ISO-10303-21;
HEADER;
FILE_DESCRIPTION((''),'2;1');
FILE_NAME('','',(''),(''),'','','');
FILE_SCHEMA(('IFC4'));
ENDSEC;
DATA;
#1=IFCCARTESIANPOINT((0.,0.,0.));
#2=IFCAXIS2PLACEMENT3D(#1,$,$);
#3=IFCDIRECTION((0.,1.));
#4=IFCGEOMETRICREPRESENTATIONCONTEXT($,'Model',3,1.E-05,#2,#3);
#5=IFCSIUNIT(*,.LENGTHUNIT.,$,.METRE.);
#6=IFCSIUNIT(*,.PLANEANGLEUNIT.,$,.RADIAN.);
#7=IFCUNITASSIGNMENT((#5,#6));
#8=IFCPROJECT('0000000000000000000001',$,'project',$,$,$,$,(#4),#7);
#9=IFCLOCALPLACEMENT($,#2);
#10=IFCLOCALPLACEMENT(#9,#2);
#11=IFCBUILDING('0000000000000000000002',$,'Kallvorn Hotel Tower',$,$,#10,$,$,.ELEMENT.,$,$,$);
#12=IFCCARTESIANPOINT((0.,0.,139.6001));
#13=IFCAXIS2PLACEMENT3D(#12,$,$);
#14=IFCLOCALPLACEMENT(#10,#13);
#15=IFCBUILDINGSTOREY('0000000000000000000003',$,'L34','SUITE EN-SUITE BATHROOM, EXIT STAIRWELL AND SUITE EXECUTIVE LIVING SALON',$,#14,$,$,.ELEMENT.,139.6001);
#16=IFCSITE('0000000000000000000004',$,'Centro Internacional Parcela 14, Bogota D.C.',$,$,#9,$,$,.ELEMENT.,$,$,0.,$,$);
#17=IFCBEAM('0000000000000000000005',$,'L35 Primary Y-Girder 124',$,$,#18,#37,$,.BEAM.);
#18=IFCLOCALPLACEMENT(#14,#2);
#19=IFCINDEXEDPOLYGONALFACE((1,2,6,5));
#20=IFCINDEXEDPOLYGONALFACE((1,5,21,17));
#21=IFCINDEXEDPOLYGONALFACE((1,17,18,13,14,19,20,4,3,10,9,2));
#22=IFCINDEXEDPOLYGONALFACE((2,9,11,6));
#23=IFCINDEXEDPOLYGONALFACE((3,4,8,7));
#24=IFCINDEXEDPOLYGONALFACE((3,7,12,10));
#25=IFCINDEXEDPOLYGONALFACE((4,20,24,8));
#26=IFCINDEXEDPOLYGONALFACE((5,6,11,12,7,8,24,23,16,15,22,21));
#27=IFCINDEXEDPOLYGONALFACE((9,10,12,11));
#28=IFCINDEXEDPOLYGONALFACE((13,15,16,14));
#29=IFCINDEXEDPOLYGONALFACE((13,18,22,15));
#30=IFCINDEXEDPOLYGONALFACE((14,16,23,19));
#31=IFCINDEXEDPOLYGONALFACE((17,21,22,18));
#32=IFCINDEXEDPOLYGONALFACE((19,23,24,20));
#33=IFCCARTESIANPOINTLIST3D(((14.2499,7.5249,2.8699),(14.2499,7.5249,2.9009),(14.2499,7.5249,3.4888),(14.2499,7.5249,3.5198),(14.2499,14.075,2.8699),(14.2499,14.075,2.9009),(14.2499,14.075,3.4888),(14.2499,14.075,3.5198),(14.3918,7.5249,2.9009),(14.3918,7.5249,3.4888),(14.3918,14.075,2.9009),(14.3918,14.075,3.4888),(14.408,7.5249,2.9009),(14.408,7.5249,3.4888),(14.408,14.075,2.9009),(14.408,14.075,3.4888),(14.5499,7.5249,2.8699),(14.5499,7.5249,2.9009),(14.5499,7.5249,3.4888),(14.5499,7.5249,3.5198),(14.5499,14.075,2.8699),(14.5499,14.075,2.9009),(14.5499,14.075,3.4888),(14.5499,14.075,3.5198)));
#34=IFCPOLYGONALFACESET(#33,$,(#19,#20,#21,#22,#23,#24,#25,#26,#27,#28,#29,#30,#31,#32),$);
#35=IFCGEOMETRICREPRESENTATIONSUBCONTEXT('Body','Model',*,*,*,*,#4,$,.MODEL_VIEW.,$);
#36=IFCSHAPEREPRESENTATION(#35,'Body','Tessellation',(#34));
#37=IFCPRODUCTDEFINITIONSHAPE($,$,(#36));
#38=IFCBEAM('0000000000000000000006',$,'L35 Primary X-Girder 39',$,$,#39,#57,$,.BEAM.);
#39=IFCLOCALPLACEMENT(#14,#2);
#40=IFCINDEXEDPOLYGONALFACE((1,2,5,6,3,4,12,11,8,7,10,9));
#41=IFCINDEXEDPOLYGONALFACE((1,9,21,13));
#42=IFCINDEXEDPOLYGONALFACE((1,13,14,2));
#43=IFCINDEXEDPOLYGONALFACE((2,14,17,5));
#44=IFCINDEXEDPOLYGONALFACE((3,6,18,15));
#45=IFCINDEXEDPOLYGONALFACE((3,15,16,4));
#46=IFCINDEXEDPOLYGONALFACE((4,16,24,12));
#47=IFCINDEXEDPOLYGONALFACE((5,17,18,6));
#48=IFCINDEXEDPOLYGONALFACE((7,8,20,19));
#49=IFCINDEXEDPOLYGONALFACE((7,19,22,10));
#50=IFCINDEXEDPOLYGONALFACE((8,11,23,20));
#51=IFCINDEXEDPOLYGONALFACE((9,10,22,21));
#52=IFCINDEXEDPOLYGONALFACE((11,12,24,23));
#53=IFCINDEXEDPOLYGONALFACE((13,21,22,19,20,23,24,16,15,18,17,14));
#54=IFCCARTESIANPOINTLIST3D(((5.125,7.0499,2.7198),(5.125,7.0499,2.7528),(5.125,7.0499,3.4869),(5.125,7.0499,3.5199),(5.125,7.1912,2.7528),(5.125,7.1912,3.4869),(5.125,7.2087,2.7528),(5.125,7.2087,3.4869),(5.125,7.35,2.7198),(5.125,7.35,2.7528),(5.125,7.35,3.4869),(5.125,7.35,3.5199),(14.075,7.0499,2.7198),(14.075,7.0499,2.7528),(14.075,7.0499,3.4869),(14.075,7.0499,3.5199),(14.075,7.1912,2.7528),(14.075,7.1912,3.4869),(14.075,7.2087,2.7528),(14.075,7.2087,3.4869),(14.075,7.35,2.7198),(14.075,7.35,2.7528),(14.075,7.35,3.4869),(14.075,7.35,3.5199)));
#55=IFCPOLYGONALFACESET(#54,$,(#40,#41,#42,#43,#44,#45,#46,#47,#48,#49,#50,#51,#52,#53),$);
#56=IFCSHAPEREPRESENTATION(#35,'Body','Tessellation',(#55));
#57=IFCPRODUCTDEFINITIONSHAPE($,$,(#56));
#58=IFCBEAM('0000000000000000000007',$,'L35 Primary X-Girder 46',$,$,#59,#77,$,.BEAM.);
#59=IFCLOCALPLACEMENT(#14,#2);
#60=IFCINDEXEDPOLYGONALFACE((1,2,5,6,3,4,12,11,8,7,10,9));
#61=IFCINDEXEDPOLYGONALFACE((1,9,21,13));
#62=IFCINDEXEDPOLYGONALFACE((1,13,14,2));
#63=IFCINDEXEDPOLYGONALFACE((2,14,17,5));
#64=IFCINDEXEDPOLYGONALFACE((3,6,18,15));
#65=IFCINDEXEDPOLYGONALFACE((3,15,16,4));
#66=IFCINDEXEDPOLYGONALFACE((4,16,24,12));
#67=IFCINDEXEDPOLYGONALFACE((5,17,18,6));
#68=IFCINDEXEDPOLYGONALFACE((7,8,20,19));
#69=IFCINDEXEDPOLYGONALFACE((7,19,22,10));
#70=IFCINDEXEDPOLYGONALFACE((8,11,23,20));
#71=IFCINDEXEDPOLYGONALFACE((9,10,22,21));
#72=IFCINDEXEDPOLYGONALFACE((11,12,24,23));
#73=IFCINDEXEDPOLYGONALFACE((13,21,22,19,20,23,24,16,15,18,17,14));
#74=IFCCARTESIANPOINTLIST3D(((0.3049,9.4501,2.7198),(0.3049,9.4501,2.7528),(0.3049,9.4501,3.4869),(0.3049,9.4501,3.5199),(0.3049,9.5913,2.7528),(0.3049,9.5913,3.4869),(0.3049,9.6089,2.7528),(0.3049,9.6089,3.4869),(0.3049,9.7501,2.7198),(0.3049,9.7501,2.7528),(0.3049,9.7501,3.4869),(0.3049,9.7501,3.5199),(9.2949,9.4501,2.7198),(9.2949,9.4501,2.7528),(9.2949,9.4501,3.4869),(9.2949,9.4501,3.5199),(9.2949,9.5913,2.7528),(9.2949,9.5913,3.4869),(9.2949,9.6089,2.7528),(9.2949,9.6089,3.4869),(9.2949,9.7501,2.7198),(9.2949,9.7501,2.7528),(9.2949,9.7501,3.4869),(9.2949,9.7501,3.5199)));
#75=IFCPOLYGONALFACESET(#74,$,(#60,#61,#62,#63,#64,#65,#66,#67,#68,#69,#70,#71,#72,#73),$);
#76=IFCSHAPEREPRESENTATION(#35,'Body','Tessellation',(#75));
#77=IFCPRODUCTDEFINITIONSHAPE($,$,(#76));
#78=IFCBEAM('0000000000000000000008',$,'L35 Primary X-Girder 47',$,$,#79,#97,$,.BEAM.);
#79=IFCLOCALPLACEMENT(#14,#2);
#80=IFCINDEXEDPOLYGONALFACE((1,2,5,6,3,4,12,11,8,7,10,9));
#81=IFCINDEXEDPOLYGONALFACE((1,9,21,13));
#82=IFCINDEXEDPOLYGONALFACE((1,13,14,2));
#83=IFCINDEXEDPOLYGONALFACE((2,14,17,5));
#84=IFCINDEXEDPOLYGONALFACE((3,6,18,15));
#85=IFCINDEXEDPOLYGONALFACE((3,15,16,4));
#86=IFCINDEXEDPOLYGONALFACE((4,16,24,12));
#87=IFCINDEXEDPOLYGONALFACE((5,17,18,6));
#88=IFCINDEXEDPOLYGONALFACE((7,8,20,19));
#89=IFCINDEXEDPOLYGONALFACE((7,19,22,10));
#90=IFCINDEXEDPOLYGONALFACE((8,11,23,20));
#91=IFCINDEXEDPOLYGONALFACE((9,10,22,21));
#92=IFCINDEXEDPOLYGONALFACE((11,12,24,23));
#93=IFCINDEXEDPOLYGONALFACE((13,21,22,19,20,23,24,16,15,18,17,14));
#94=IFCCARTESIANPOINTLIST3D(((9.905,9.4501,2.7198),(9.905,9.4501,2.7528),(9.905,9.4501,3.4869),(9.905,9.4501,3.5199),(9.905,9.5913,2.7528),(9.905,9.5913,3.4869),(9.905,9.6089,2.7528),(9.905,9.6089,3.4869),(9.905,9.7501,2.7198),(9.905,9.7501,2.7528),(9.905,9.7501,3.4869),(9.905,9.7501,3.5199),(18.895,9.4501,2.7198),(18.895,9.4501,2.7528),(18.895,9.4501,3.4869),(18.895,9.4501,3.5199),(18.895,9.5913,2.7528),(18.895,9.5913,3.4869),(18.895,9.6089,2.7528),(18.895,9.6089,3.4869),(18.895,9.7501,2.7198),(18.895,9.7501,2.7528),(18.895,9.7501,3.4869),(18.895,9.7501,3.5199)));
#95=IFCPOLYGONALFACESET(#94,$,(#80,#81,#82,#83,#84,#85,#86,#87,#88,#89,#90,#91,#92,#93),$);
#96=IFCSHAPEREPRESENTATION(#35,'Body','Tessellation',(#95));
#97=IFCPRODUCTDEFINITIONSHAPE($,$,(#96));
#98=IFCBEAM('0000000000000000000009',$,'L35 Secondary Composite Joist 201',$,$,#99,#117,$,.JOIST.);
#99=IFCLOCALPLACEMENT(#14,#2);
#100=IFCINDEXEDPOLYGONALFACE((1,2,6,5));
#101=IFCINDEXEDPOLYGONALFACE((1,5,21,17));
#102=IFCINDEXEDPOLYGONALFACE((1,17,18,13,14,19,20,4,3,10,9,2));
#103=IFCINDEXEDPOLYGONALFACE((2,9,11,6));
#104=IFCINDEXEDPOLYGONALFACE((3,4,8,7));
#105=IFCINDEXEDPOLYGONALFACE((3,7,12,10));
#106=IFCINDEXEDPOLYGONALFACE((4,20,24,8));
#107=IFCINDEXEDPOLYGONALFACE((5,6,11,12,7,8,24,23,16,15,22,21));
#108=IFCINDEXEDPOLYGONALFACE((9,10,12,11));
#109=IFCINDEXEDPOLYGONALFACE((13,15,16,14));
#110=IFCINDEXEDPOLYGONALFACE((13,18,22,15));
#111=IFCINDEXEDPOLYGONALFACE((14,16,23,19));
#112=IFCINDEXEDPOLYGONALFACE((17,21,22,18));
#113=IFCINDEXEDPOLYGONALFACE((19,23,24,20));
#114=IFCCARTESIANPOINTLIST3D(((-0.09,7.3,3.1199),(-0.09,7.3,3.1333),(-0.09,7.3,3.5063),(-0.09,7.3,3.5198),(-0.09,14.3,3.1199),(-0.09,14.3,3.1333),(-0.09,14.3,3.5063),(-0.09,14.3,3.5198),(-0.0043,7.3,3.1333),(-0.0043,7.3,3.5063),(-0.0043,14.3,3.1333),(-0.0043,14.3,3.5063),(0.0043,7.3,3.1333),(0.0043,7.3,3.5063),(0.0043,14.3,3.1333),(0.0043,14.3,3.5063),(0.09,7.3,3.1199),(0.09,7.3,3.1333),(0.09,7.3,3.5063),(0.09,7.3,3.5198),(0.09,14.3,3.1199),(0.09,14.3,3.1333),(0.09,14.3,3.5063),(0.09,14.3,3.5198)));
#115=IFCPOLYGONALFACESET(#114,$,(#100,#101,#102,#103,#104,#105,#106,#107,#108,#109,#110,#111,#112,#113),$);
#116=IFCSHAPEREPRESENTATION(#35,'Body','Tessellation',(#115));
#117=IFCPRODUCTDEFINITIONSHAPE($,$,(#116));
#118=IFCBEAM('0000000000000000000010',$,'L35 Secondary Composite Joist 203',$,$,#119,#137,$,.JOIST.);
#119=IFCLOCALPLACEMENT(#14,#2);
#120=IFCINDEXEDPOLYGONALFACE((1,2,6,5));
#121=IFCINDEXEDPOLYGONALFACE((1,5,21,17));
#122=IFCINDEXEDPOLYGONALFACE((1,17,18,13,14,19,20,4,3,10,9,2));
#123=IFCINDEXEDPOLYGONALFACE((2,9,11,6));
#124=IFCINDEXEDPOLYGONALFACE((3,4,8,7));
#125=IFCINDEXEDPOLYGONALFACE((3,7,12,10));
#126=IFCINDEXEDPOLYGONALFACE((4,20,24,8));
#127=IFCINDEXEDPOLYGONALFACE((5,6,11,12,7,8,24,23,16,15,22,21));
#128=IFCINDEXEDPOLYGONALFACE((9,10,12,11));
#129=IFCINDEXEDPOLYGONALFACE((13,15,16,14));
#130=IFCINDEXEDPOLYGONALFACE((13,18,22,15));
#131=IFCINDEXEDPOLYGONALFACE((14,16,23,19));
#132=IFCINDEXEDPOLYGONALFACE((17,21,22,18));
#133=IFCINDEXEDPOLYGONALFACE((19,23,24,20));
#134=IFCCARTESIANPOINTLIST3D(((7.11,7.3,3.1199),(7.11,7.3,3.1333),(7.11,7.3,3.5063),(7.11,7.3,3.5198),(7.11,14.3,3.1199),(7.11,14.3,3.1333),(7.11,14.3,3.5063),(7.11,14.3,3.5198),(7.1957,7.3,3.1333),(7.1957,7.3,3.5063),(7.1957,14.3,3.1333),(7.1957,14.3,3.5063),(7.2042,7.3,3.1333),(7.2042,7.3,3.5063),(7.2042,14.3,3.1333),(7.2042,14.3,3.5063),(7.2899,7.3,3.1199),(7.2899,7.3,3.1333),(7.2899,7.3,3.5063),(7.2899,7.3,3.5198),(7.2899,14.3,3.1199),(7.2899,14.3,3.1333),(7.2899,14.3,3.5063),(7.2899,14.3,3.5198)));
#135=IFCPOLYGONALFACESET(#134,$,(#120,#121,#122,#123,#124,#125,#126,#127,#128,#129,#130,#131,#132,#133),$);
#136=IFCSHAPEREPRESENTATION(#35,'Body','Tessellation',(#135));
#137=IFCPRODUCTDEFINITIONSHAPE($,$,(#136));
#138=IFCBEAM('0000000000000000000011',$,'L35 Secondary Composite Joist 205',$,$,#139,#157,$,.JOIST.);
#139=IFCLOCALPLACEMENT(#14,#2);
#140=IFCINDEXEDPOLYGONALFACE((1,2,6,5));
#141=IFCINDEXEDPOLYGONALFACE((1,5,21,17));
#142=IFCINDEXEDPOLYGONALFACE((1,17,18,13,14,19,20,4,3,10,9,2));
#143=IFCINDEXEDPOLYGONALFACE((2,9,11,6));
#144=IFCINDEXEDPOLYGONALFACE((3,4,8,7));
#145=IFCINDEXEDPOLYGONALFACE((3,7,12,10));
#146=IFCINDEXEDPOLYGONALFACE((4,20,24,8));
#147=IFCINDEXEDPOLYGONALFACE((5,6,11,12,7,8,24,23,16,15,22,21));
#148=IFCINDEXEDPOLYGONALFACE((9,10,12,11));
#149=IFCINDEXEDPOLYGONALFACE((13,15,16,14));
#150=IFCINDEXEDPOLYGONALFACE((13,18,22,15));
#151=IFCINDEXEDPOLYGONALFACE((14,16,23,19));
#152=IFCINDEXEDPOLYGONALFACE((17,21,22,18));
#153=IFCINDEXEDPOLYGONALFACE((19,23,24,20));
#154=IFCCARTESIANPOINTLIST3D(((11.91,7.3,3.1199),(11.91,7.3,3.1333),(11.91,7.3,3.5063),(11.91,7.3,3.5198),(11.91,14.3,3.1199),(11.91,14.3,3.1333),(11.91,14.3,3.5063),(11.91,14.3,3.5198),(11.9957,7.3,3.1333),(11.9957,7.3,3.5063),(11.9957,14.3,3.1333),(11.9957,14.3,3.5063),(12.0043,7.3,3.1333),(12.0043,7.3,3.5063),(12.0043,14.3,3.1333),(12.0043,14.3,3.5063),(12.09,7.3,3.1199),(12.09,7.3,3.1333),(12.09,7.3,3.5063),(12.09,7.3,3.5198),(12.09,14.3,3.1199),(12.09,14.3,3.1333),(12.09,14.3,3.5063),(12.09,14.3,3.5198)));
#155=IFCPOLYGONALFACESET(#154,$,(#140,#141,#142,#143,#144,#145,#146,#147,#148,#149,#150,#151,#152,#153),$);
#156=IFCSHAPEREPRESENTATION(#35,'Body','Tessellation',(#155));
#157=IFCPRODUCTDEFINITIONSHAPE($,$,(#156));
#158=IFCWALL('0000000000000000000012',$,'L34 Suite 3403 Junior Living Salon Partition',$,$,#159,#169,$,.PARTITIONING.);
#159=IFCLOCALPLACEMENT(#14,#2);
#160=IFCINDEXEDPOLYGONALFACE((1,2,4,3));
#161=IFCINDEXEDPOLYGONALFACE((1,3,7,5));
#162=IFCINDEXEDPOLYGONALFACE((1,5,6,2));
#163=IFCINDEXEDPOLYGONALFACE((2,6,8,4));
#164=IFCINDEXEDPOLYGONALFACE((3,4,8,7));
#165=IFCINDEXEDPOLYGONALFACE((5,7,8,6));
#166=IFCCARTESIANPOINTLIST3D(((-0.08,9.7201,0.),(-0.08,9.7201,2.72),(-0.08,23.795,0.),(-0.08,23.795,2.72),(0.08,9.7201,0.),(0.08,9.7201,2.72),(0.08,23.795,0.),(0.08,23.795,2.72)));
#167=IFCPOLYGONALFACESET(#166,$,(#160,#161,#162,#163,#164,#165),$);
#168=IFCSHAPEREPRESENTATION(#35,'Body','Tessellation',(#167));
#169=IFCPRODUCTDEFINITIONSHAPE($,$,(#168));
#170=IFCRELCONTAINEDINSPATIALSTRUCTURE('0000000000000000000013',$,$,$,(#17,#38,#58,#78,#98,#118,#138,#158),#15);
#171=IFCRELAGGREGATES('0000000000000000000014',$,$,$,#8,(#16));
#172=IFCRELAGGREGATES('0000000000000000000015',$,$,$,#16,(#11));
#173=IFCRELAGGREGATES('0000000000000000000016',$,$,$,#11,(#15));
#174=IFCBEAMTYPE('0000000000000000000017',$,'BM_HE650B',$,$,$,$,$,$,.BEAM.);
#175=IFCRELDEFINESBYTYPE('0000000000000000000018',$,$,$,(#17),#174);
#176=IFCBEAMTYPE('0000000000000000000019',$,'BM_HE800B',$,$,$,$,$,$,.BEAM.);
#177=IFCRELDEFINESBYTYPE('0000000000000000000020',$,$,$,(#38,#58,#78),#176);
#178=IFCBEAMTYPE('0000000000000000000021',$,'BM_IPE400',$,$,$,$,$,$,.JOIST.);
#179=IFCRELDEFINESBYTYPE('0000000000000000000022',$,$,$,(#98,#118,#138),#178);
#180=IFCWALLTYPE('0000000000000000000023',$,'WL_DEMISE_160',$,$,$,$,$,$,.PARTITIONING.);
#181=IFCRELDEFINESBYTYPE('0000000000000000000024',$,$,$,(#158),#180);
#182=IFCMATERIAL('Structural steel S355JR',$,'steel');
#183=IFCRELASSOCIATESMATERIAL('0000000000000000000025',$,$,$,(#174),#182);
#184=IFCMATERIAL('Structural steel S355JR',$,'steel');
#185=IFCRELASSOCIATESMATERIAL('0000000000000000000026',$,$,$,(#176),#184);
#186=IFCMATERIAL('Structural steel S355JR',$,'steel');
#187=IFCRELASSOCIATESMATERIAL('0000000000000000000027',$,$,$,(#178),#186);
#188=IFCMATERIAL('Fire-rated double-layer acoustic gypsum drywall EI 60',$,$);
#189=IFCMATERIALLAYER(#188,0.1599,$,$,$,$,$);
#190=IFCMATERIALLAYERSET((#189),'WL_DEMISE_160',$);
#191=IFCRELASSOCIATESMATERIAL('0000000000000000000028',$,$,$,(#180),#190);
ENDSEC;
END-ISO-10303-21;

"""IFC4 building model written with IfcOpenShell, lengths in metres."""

from ifc_helpers import new_model, si_unit, direction, frame, frame_2d, origin, origin_2d, place, context, subcontext, project, spatial, rectangle, i_section, extrude, material, layer, layer_set, material_profile, profile_set, type_object, element, save


model = new_model("IFC4")

# Units and contexts
model_context = context("Model", 3, precision=1e-05, world=origin(), true_north=direction((0.0, 1.0)))
body_context = subcontext(model_context, "Body", "Model", "MODEL_VIEW")
ifc_project = project(units=[si_unit("LENGTHUNIT", "METRE"), si_unit("PLANEANGLEUNIT", "RADIAN")], contexts=[model_context])

# Site, building, storey
site_placement = place(None, origin())
site = spatial("IfcSite", under=ifc_project, at=site_placement, Name="Centro Internacional Parcela 14, Bogota D.C.", CompositionType="ELEMENT", RefElevation=0.0)
building_placement = place(site_placement, origin())
building = spatial("IfcBuilding", under=site, at=building_placement, Name="Kallvorn Hotel Tower", CompositionType="ELEMENT")
storey_placement = place(building_placement, frame((0.0, 0.0, 139.6001)))
storey = spatial("IfcBuildingStorey", under=building, at=storey_placement, Name="L34", Description="SUITE EN-SUITE BATHROOM, EXIT STAIRWELL AND SUITE EXECUTIVE LIVING SALON", CompositionType="ELEMENT", Elevation=139.6001)

# Beams
ifc_material_1 = material(Name="Structural steel S355JR", Category="steel")
ifc_material_profile_1 = material_profile(ifc_material_1, i_section(OverallWidth=0.3, OverallDepth=0.6499, WebThickness=0.0161, FlangeThickness=0.031, at=origin_2d()), Name="HE 650 B")
ifc_profile_set_1 = profile_set([ifc_material_profile_1], Name="Structural steel S355JR")
beam_type_1 = type_object("IfcBeamType", Name="BM_HE650B", PredefinedType="BEAM", material=ifc_profile_set_1)
for number, where, z_axis, x_axis, name in (
    (1, (14.3999, 7.5249, 3.1948), (0.0, 1.0, 0.0), (-1.0, 0.0, 0.0), "L35 Primary Y-Girder 124"),
):
    element("IfcBeam", number, at=place(storey_placement, frame(where, z_axis=z_axis, x_axis=x_axis)), inside=storey, type_object=beam_type_1, Name=name, PredefinedType="BEAM", context=body_context, shape_type="SweptSolid", body=[
        extrude(i_section(OverallWidth=0.3, OverallDepth=0.6499, WebThickness=0.0161, FlangeThickness=0.031, at=origin_2d()), origin(), (0.0, 0.0, 1.0), 6.55),
    ])
ifc_material_2 = material(Name="Structural steel S355JR", Category="steel")
ifc_material_profile_2 = material_profile(ifc_material_2, i_section(OverallWidth=0.3, OverallDepth=0.8, WebThickness=0.0176, FlangeThickness=0.033, at=origin_2d()), Name="HE 800 B")
ifc_profile_set_2 = profile_set([ifc_material_profile_2], Name="Structural steel S355JR")
beam_type_2 = type_object("IfcBeamType", Name="BM_HE800B", PredefinedType="BEAM", material=ifc_profile_set_2)
beam_placement = place(storey_placement, frame((5.125, 7.2, 3.1199), z_axis=(1.0, 0.0, 0.0), x_axis=(0.0, 1.0, 0.0)))
element("IfcBeam", 2, at=beam_placement, inside=storey, type_object=beam_type_2, Name="L35 Primary X-Girder 39", PredefinedType="BEAM", context=body_context, shape_type="SweptSolid", body=[
    extrude(i_section(OverallWidth=0.3, OverallDepth=0.8, WebThickness=0.0176, FlangeThickness=0.033, at=origin_2d()), origin(), (0.0, 0.0, 1.0), 8.95),
])
for number, where, z_axis, x_axis, name in (
    (3, (0.3049, 9.6001, 3.1199), (1.0, 0.0, 0.0), (0.0, 1.0, 0.0), "L35 Primary X-Girder 46"),
    (4, (9.905, 9.6001, 3.1199), (1.0, 0.0, 0.0), (0.0, 1.0, 0.0), "L35 Primary X-Girder 47"),
):
    element("IfcBeam", number, at=place(storey_placement, frame(where, z_axis=z_axis, x_axis=x_axis)), inside=storey, type_object=beam_type_2, Name=name, PredefinedType="BEAM", context=body_context, shape_type="SweptSolid", body=[
        extrude(i_section(OverallWidth=0.3, OverallDepth=0.8, WebThickness=0.0176, FlangeThickness=0.033, at=origin_2d()), origin(), (0.0, 0.0, 1.0), 8.99),
    ])
ifc_material_3 = material(Name="Structural steel S355JR", Category="steel")
ifc_material_profile_3 = material_profile(ifc_material_3, i_section(OverallWidth=0.1799, OverallDepth=0.3999, WebThickness=0.0085, FlangeThickness=0.0134, at=origin_2d()), Name="IPE 400")
ifc_profile_set_3 = profile_set([ifc_material_profile_3], Name="Structural steel S355JR")
beam_type_3 = type_object("IfcBeamType", Name="BM_IPE400", PredefinedType="JOIST", material=ifc_profile_set_3)
for number, where, z_axis, x_axis, name in (
    (5, (0.0, 7.3, 3.3198), (0.0, 1.0, 0.0), (-1.0, 0.0, 0.0), "L35 Secondary Composite Joist 201"),
    (6, (7.2, 7.3, 3.3198), (0.0, 1.0, 0.0), (-1.0, 0.0, 0.0), "L35 Secondary Composite Joist 203"),
    (7, (12.0, 7.3, 3.3198), (0.0, 1.0, 0.0), (-1.0, 0.0, 0.0), "L35 Secondary Composite Joist 205"),
):
    element("IfcBeam", number, at=place(storey_placement, frame(where, z_axis=z_axis, x_axis=x_axis)), inside=storey, type_object=beam_type_3, Name=name, PredefinedType="JOIST", context=body_context, shape_type="SweptSolid", body=[
        extrude(i_section(OverallWidth=0.1799, OverallDepth=0.3999, WebThickness=0.0085, FlangeThickness=0.0134, at=origin_2d()), origin(), (0.0, 0.0, 1.0), 7.0),
    ])

# Wall
ifc_material_4 = material(Name="Fire-rated double-layer acoustic gypsum drywall EI 60")
ifc_layer_1 = layer(ifc_material_4, 0.1599)
ifc_layer_set_1 = layer_set([ifc_layer_1], Name="WL_DEMISE_160")
wall_type_1 = type_object("IfcWallType", Name="WL_DEMISE_160", PredefinedType="PARTITIONING", material=ifc_layer_set_1)
wall_1_placement = place(storey_placement, frame((0.0, 9.72, 0.0), z_axis=(0.0, 0.0, 1.0), x_axis=(0.0, 1.0, 0.0)))
element("IfcWall", 8, at=wall_1_placement, inside=storey, type_object=wall_type_1, Name="L34 Suite 3403 Junior Living Salon Partition", PredefinedType="PARTITIONING", context=body_context, shape_type="SweptSolid", body=[
    extrude(rectangle(XDim=14.075, YDim=0.1599, at=frame_2d((7.0376, 0.0))), origin(), (0.0, 0.0, 1.0), 2.72),
])

save(model, "model.ifc")
